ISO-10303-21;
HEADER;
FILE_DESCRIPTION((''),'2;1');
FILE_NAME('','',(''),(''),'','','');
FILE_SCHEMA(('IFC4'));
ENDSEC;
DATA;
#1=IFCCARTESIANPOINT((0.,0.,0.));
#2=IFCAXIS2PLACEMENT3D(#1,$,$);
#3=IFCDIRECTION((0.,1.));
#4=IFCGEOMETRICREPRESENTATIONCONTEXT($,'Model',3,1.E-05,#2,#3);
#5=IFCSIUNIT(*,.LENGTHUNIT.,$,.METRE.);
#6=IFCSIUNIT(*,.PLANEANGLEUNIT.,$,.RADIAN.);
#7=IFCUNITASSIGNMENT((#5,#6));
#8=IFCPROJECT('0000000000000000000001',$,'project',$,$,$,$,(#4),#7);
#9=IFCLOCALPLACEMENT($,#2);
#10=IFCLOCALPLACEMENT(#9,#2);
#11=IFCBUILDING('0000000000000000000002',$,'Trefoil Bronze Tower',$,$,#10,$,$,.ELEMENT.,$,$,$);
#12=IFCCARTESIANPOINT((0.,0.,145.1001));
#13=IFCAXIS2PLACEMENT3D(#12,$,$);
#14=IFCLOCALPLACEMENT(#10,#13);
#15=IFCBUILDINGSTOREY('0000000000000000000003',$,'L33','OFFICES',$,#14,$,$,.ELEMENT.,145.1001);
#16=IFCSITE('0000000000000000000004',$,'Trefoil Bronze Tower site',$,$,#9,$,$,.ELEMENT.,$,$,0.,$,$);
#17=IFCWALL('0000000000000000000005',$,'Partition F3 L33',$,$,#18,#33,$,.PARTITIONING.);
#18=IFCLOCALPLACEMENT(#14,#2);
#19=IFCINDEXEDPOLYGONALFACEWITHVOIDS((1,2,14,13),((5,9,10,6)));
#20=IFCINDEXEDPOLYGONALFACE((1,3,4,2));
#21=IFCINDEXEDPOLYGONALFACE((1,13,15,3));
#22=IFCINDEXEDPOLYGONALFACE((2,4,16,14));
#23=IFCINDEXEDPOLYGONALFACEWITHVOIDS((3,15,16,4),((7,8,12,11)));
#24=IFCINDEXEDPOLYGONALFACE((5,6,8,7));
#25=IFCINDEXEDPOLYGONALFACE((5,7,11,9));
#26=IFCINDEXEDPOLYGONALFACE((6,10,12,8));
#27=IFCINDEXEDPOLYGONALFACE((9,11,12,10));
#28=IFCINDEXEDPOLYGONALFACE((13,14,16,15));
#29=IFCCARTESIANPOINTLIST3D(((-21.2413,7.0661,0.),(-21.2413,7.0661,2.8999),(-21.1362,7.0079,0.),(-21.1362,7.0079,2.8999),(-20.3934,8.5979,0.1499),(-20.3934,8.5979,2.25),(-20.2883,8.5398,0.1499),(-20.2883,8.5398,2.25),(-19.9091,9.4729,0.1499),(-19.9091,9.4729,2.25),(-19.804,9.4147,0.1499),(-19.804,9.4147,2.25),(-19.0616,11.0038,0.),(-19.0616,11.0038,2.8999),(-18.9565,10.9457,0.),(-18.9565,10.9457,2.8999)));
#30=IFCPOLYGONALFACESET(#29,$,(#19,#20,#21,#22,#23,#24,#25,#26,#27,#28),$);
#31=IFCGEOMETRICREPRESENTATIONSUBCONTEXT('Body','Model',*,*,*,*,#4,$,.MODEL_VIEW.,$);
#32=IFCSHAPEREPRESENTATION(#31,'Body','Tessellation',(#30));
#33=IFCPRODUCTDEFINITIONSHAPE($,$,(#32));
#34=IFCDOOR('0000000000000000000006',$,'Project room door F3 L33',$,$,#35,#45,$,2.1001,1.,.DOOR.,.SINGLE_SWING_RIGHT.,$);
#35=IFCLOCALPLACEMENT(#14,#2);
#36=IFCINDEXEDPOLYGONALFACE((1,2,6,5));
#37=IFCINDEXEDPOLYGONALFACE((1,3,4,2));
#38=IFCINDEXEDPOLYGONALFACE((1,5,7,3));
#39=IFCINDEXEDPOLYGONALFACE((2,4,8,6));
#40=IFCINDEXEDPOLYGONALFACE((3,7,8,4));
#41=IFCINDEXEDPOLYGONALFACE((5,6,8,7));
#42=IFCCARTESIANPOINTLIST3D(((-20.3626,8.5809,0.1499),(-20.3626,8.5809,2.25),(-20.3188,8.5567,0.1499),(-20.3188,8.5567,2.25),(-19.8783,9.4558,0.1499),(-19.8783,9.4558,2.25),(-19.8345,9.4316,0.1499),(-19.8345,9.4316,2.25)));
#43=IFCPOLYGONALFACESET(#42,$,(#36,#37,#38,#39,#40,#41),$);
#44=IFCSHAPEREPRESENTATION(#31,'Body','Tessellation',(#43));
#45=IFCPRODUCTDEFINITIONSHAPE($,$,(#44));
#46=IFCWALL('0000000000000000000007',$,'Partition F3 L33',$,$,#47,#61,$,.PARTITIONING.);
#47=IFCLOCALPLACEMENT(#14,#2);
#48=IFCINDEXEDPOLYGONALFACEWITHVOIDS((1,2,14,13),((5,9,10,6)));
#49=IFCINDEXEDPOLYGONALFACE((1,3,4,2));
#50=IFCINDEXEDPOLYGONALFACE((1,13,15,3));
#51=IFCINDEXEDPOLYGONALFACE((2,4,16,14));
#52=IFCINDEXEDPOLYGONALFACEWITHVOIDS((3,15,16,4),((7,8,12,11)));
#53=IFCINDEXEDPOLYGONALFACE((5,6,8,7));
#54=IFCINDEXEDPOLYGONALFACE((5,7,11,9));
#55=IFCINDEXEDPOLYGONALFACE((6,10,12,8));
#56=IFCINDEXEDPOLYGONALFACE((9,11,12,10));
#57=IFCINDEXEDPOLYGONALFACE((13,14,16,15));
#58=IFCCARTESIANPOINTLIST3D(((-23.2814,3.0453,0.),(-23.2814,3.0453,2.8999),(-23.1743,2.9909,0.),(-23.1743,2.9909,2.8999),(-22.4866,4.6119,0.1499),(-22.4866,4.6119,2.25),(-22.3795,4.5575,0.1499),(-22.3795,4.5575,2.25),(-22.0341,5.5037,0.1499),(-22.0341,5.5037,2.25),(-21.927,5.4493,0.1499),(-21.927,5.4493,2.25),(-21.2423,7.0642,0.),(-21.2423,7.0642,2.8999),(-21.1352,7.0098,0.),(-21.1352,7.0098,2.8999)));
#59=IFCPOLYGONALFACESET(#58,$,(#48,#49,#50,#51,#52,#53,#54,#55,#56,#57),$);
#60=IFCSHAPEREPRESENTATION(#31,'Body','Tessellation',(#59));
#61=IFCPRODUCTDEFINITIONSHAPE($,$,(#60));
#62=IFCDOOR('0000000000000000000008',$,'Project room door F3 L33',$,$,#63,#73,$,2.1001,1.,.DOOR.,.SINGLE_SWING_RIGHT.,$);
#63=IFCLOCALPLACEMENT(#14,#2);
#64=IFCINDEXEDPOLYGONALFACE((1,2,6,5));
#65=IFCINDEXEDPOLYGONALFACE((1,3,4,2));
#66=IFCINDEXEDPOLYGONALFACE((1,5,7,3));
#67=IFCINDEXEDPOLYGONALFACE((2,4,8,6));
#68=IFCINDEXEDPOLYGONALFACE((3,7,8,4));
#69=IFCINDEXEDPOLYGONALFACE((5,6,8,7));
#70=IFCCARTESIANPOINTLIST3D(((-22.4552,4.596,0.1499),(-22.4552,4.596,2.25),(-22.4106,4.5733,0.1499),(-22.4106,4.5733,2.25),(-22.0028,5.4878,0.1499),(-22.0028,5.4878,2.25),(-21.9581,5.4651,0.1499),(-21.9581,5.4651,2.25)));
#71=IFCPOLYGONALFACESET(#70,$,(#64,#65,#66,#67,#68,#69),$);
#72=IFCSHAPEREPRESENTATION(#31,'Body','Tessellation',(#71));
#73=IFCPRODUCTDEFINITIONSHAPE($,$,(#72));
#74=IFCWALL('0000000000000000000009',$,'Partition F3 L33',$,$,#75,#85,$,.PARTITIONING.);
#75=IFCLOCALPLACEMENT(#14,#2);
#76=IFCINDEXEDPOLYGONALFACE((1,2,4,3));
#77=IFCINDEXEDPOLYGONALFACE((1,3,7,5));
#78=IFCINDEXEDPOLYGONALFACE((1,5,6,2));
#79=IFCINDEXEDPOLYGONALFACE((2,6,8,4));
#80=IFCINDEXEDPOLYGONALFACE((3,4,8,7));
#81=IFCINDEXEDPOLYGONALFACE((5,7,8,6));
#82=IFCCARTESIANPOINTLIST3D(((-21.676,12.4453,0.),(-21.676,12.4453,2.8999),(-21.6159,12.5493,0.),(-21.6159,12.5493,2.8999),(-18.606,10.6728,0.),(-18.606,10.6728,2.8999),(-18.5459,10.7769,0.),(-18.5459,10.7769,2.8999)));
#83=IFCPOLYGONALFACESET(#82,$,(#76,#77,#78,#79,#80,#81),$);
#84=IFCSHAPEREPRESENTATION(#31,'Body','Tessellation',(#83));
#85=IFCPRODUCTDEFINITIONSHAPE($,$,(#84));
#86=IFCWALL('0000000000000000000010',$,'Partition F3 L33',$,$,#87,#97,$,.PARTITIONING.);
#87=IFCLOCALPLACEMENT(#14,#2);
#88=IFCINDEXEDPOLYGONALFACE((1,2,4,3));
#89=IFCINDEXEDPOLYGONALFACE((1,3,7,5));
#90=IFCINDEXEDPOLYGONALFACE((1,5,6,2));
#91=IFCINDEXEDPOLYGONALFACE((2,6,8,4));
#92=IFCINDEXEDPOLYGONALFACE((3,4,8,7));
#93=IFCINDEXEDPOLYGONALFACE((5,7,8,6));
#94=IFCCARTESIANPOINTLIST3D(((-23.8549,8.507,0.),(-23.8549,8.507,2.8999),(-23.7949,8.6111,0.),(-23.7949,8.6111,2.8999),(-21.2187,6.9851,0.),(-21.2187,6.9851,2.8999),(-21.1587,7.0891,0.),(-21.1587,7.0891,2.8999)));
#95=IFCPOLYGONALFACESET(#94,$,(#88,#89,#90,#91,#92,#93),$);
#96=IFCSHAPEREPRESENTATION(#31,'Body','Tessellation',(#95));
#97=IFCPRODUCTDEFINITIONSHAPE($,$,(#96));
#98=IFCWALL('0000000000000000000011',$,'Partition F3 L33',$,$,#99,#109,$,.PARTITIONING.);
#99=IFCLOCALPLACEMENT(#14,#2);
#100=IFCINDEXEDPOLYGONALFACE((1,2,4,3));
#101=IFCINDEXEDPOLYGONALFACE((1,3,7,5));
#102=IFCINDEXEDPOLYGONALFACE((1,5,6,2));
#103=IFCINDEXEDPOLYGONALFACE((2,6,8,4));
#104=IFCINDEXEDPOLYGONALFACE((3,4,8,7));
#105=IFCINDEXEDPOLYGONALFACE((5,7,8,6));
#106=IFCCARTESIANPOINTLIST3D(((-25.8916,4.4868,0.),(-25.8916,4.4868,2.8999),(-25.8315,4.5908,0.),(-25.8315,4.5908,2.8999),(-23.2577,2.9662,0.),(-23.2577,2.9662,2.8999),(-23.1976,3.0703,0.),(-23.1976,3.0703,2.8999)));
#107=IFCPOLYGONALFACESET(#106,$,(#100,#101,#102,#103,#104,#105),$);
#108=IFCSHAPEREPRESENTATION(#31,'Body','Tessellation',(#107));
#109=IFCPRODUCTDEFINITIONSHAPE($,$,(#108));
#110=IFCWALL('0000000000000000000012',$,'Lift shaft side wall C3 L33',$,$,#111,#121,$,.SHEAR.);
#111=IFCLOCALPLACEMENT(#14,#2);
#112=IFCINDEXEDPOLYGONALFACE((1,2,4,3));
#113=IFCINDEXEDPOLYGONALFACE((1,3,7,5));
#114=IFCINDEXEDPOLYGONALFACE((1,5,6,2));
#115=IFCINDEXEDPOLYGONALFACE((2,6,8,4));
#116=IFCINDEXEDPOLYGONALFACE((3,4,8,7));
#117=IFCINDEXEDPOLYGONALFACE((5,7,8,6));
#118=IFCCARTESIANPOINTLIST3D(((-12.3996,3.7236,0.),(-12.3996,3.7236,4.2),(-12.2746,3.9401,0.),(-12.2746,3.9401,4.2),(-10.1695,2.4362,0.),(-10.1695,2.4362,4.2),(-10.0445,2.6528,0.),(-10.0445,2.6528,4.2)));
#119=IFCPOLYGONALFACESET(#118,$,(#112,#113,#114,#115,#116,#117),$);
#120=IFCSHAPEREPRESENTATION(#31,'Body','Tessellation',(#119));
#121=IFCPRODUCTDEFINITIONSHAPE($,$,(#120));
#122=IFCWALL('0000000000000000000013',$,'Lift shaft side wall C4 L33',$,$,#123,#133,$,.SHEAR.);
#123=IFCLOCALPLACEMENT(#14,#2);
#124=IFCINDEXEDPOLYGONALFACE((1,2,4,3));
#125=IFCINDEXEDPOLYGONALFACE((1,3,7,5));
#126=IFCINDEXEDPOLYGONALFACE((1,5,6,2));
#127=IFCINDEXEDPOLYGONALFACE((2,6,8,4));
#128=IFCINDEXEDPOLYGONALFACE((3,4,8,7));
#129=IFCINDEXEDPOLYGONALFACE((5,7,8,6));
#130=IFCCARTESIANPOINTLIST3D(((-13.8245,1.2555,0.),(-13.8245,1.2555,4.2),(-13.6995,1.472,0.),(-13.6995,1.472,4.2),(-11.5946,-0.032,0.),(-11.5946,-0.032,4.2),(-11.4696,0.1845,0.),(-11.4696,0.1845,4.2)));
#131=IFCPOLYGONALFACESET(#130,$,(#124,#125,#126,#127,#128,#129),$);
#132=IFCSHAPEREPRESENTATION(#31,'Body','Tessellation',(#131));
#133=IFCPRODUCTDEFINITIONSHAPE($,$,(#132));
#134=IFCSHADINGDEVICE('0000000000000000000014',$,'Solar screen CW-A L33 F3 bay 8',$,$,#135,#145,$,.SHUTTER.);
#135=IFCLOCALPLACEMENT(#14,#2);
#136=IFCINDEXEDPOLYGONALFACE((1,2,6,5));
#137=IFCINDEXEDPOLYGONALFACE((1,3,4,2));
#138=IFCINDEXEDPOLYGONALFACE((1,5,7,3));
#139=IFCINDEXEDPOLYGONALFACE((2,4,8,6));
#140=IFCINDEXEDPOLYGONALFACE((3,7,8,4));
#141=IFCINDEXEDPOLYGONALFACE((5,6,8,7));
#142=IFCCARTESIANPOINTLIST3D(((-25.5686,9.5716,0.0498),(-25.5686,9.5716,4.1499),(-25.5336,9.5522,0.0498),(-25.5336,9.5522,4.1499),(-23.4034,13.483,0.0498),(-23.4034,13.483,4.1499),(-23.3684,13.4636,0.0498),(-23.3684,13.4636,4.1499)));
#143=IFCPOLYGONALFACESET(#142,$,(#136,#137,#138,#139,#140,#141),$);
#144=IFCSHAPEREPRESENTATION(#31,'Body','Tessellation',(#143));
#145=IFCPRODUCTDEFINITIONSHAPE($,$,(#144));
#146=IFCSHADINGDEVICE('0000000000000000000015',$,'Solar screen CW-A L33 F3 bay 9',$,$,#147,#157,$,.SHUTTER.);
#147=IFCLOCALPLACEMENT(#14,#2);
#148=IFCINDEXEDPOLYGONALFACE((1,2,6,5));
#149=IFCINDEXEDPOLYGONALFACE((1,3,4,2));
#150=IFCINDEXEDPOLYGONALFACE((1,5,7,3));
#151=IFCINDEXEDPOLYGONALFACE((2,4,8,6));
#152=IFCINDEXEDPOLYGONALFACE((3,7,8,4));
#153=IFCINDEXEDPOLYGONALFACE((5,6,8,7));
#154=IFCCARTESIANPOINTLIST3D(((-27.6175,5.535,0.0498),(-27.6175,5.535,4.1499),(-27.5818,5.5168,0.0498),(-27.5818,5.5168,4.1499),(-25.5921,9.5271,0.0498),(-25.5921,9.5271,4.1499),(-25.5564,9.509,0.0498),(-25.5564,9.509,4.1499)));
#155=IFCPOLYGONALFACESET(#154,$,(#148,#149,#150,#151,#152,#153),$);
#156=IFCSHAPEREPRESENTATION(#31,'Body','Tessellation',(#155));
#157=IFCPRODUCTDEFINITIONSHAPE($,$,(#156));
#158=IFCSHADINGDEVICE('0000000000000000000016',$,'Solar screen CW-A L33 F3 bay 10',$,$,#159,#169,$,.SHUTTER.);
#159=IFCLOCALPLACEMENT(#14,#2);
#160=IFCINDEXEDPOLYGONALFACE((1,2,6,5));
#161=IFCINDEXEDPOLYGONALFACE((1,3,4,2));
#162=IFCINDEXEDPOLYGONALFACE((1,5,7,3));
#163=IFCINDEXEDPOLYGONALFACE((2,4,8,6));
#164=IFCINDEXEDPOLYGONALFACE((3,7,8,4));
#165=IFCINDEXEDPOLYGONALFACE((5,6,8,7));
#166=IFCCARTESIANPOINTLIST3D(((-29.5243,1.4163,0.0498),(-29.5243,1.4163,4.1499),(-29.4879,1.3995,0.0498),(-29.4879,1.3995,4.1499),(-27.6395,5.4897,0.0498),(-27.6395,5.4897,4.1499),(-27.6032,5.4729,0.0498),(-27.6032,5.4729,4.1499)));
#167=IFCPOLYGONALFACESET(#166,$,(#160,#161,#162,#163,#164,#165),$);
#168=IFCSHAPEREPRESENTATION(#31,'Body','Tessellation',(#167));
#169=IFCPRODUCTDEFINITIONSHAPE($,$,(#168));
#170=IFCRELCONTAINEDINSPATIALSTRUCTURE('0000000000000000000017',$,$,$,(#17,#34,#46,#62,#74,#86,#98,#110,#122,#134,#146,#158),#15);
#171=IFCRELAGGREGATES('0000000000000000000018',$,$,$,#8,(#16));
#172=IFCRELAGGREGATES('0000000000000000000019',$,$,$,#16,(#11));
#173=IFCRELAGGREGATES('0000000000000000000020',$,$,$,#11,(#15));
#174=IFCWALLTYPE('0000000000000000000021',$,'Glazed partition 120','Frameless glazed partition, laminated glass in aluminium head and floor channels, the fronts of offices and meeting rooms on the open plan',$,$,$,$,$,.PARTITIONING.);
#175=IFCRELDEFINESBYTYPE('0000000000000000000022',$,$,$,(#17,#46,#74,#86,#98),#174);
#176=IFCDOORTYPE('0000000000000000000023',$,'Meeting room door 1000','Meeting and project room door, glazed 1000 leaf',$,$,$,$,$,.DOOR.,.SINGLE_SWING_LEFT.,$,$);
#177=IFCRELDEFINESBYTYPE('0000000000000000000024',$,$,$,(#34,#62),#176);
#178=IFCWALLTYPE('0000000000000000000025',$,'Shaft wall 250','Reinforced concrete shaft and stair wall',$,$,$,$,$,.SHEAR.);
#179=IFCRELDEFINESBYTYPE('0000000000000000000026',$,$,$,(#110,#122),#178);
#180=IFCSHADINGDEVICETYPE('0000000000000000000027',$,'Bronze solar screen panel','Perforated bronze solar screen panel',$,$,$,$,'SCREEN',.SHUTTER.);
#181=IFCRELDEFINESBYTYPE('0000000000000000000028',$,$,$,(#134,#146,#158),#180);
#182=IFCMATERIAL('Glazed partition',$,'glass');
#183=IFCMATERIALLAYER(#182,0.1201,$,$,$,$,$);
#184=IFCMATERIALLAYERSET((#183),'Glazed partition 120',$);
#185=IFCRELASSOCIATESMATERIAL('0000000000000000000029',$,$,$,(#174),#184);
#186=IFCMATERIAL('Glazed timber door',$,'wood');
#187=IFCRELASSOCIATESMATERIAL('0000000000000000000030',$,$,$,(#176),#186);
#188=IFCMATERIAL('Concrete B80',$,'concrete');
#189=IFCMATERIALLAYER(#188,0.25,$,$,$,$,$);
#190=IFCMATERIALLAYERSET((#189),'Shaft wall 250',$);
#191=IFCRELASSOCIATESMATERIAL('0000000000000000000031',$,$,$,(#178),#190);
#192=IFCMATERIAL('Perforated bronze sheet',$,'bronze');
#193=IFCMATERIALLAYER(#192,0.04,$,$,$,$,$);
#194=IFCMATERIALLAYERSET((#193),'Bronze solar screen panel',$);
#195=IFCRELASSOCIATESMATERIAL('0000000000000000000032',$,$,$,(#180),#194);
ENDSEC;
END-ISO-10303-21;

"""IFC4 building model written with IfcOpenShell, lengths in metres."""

from ifc_helpers import new_model, si_unit, direction, frame, frame_2d, origin, origin_2d, place, context, subcontext, project, spatial, rectangle, extrude, material, layer, layer_set, type_object, element, fill, save


model = new_model("IFC4")

# Units and contexts
model_context = context("Model", 3, precision=1e-05, world=origin(), true_north=direction((0.0, 1.0)))
body_context = subcontext(model_context, "Body", "Model", "MODEL_VIEW")
ifc_project = project(units=[si_unit("LENGTHUNIT", "METRE"), si_unit("PLANEANGLEUNIT", "RADIAN")], contexts=[model_context])

# Site, building, storey
site_placement = place(None, origin())
site = spatial("IfcSite", under=ifc_project, at=site_placement, Name="Trefoil Bronze Tower site", CompositionType="ELEMENT", RefElevation=0.0)
building_placement = place(site_placement, origin())
building = spatial("IfcBuilding", under=site, at=building_placement, Name="Trefoil Bronze Tower", CompositionType="ELEMENT")
storey_placement = place(building_placement, frame((0.0, 0.0, 145.1001)))
storey = spatial("IfcBuildingStorey", under=building, at=storey_placement, Name="L33", Description="OFFICES", CompositionType="ELEMENT", Elevation=145.1001)

# Walls, openings, doors
ifc_material_1 = material(Name="Glazed partition", Category="glass")
ifc_layer_1 = layer(ifc_material_1, 0.1201)
ifc_layer_set_1 = layer_set([ifc_layer_1], Name="Glazed partition 120")
wall_type_1 = type_object("IfcWallType", Name="Glazed partition 120", Description="Frameless glazed partition, laminated glass in aluminium head and floor channels, the fronts of offices and meeting rooms on the open plan", PredefinedType="PARTITIONING", material=ifc_layer_set_1)
wall_1_placement = place(storey_placement, frame((-19.009, 10.9749, 0.0), z_axis=(0.0, 0.0, 1.0), x_axis=(-0.484293, -0.874906, 0.0)))
wall_1 = element("IfcWall", 1, at=wall_1_placement, inside=storey, type_object=wall_type_1, Name="Partition F3 L33", PredefinedType="PARTITIONING", context=body_context, shape_type="SweptSolid", body=[
    extrude(rectangle(XDim=4.5007, YDim=0.1201, at=frame_2d((2.2505, 0.0))), origin(), (0.0, 0.0, 1.0), 2.8999),
])
opening_1_placement = place(wall_1_placement, frame((1.75, 0.0, 0.1499)))
opening_1 = element("IfcOpeningElement", 2, at=opening_1_placement, cuts=wall_1, PredefinedType="OPENING", context=body_context, shape_type="SweptSolid", body=[
    extrude(rectangle(XDim=1.0, YDim=2.1001, at=frame_2d((0.5, 1.05))), frame((0.0, 0.0701, 0.0), z_axis=(0.0, -1.0, 0.0), x_axis=(1.0, 0.0, 0.0)), (0.0, 0.0, 1.0), 0.1401),
])
ifc_material_2 = material(Name="Glazed timber door", Category="wood")
door_type = type_object("IfcDoorType", Name="Meeting room door 1000", Description="Meeting and project room door, glazed 1000 leaf", OperationType="SINGLE_SWING_LEFT", PredefinedType="DOOR", material=ifc_material_2)
door_1_placement = place(opening_1_placement, frame((1.0, 0.0, 0.0), z_axis=(0.0, 0.0, 1.0), x_axis=(-1.0, 0.0, 0.0)))
door_1 = element("IfcDoor", 3, at=door_1_placement, inside=storey, type_object=door_type, Name="Project room door F3 L33", OperationType="SINGLE_SWING_RIGHT", OverallHeight=2.1001, OverallWidth=1.0, PredefinedType="DOOR", context=body_context, shape_type="SweptSolid", body=[
    extrude(rectangle(XDim=1.0, YDim=2.1001, at=frame_2d((0.5, 1.05))), frame((0.0, 0.0249, 0.0), z_axis=(0.0, -1.0, 0.0), x_axis=(1.0, 0.0, 0.0)), (0.0, 0.0, 1.0), 0.05),
])
fill(opening_1, door_1)
wall_2_placement = place(storey_placement, frame((-21.1887, 7.0371, 0.0), z_axis=(0.0, 0.0, 1.0), x_axis=(-0.452472, -0.891779, 0.0)))
wall_2 = element("IfcWall", 4, at=wall_2_placement, inside=storey, type_object=wall_type_1, Name="Partition F3 L33", PredefinedType="PARTITIONING", context=body_context, shape_type="SweptSolid", body=[
    extrude(rectangle(XDim=4.5066, YDim=0.1201, at=frame_2d((2.2534, 0.0))), origin(), (0.0, 0.0, 1.0), 2.8999),
])
opening_2_placement = place(wall_2_placement, frame((1.75, 0.0, 0.1499)))
opening_2 = element("IfcOpeningElement", 5, at=opening_2_placement, cuts=wall_2, PredefinedType="OPENING", context=body_context, shape_type="SweptSolid", body=[
    extrude(rectangle(XDim=1.0, YDim=2.1001, at=frame_2d((0.5, 1.05))), frame((0.0, 0.0701, 0.0), z_axis=(0.0, -1.0, 0.0), x_axis=(1.0, 0.0, 0.0)), (0.0, 0.0, 1.0), 0.1401),
])
door_2_placement = place(opening_2_placement, frame((1.0, 0.0, 0.0), z_axis=(0.0, 0.0, 1.0), x_axis=(-1.0, 0.0, 0.0)))
door_2 = element("IfcDoor", 6, at=door_2_placement, inside=storey, type_object=door_type, Name="Project room door F3 L33", OperationType="SINGLE_SWING_RIGHT", OverallHeight=2.1001, OverallWidth=1.0, PredefinedType="DOOR", context=body_context, shape_type="SweptSolid", body=[
    extrude(rectangle(XDim=1.0, YDim=2.1001, at=frame_2d((0.5, 1.05))), frame((0.0, 0.0249, 0.0), z_axis=(0.0, -1.0, 0.0), x_axis=(1.0, 0.0, 0.0)), (0.0, 0.0, 1.0), 0.05),
])
fill(opening_2, door_2)

# Walls
wall_3_placement = place(storey_placement, frame((-18.5759, 10.7249, 0.0), z_axis=(0.0, 0.0, 1.0), x_axis=(-0.866031, 0.499991, 0.0)))
element("IfcWall", 7, at=wall_3_placement, inside=storey, type_object=wall_type_1, Name="Partition F3 L33", PredefinedType="PARTITIONING", context=body_context, shape_type="SweptSolid", body=[
    extrude(rectangle(XDim=3.5449, YDim=0.1201, at=frame_2d((1.7725, 0.0))), origin(), (0.0, 0.0, 1.0), 2.8999),
])
wall_4_placement = place(storey_placement, frame((-21.1887, 7.0371, 0.0), z_axis=(0.0, 0.0, 1.0), x_axis=(-0.866033, 0.499986, 0.0)))
element("IfcWall", 8, at=wall_4_placement, inside=storey, type_object=wall_type_1, Name="Partition F3 L33", PredefinedType="PARTITIONING", context=body_context, shape_type="SweptSolid", body=[
    extrude(rectangle(XDim=3.0439, YDim=0.1201, at=frame_2d((1.522, 0.0))), origin(), (0.0, 0.0, 1.0), 2.8999),
])
wall_5_placement = place(storey_placement, frame((-23.2278, 3.0183, 0.0), z_axis=(0.0, 0.0, 1.0), x_axis=(-0.866041, 0.499973, 0.0)))
element("IfcWall", 9, at=wall_5_placement, inside=storey, type_object=wall_type_1, Name="Partition F3 L33", PredefinedType="PARTITIONING", context=body_context, shape_type="SweptSolid", body=[
    extrude(rectangle(XDim=3.0413, YDim=0.1201, at=frame_2d((1.5205, 0.0))), origin(), (0.0, 0.0, 1.0), 2.8999),
])
ifc_material_3 = material(Name="Concrete B80", Category="concrete")
ifc_layer_2 = layer(ifc_material_3, 0.25)
ifc_layer_set_2 = layer_set([ifc_layer_2], Name="Shaft wall 250")
wall_type_2 = type_object("IfcWallType", Name="Shaft wall 250", Description="Reinforced concrete shaft and stair wall", PredefinedType="SHEAR", material=ifc_layer_set_2)
for number, where, z_axis, x_axis, name in (
    (10, (-10.1069, 2.5444, 0.0), (0.0, 0.0, 1.0), (-0.866047, 0.499963, 0.0), "Lift shaft side wall C3 L33"),
    (11, (-11.532, 0.0762, 0.0), (0.0, 0.0, 1.0), (-0.866006, 0.500034, 0.0), "Lift shaft side wall C4 L33"),
):
    element("IfcWall", number, at=place(storey_placement, frame(where, z_axis=z_axis, x_axis=x_axis)), inside=storey, type_object=wall_type_2, Name=name, PredefinedType="SHEAR", context=body_context, shape_type="SweptSolid", body=[
        extrude(rectangle(XDim=2.575, YDim=0.25, at=frame_2d((1.2876, 0.0))), origin(), (0.0, 0.0, 1.0), 4.2),
    ])

# Shading devices
ifc_material_4 = material(Name="Perforated bronze sheet", Category="bronze")
ifc_layer_3 = layer(ifc_material_4, 0.04)
ifc_layer_set_3 = layer_set([ifc_layer_3], Name="Bronze solar screen panel")
shading_device_type = type_object("IfcShadingDeviceType", Name="Bronze solar screen panel", Description="Perforated bronze solar screen panel", ElementType="SCREEN", PredefinedType="SHUTTER", material=ifc_layer_set_3)
shading_device_1_placement = place(storey_placement, frame((-24.4685, 11.5176, 0.0498), z_axis=(0.0, 0.0, 1.0), x_axis=(-0.484312, -0.874895, 0.0)))
element("IfcShadingDevice", 12, at=shading_device_1_placement, inside=storey, type_object=shading_device_type, Name="Solar screen CW-A L33 F3 bay 8", PredefinedType="SHUTTER", context=body_context, shape_type="SweptSolid", body=[
    extrude(rectangle(XDim=4.4707, YDim=0.04, at=origin_2d()), origin(), (0.0, 0.0, 1.0), 4.1001),
])
shading_device_2_placement = place(storey_placement, frame((-26.5869, 7.522, 0.0498), z_axis=(0.0, 0.0, 1.0), x_axis=(-0.452449, -0.89179, 0.0)))
element("IfcShadingDevice", 13, at=shading_device_2_placement, inside=storey, type_object=shading_device_type, Name="Solar screen CW-A L33 F3 bay 9", PredefinedType="SHUTTER", context=body_context, shape_type="SweptSolid", body=[
    extrude(rectangle(XDim=4.4766, YDim=0.04, at=origin_2d()), origin(), (0.0, 0.0, 1.0), 4.1001),
])
shading_device_3_placement = place(storey_placement, frame((-28.5637, 3.4446, 0.0498), z_axis=(0.0, 0.0, 1.0), x_axis=(-0.419933, -0.907555, 0.0)))
element("IfcShadingDevice", 14, at=shading_device_3_placement, inside=storey, type_object=shading_device_type, Name="Solar screen CW-A L33 F3 bay 10", PredefinedType="SHUTTER", context=body_context, shape_type="SweptSolid", body=[
    extrude(rectangle(XDim=4.4883, YDim=0.04, at=origin_2d()), origin(), (0.0, 0.0, 1.0), 4.1001),
])

save(model, "model.ifc")
